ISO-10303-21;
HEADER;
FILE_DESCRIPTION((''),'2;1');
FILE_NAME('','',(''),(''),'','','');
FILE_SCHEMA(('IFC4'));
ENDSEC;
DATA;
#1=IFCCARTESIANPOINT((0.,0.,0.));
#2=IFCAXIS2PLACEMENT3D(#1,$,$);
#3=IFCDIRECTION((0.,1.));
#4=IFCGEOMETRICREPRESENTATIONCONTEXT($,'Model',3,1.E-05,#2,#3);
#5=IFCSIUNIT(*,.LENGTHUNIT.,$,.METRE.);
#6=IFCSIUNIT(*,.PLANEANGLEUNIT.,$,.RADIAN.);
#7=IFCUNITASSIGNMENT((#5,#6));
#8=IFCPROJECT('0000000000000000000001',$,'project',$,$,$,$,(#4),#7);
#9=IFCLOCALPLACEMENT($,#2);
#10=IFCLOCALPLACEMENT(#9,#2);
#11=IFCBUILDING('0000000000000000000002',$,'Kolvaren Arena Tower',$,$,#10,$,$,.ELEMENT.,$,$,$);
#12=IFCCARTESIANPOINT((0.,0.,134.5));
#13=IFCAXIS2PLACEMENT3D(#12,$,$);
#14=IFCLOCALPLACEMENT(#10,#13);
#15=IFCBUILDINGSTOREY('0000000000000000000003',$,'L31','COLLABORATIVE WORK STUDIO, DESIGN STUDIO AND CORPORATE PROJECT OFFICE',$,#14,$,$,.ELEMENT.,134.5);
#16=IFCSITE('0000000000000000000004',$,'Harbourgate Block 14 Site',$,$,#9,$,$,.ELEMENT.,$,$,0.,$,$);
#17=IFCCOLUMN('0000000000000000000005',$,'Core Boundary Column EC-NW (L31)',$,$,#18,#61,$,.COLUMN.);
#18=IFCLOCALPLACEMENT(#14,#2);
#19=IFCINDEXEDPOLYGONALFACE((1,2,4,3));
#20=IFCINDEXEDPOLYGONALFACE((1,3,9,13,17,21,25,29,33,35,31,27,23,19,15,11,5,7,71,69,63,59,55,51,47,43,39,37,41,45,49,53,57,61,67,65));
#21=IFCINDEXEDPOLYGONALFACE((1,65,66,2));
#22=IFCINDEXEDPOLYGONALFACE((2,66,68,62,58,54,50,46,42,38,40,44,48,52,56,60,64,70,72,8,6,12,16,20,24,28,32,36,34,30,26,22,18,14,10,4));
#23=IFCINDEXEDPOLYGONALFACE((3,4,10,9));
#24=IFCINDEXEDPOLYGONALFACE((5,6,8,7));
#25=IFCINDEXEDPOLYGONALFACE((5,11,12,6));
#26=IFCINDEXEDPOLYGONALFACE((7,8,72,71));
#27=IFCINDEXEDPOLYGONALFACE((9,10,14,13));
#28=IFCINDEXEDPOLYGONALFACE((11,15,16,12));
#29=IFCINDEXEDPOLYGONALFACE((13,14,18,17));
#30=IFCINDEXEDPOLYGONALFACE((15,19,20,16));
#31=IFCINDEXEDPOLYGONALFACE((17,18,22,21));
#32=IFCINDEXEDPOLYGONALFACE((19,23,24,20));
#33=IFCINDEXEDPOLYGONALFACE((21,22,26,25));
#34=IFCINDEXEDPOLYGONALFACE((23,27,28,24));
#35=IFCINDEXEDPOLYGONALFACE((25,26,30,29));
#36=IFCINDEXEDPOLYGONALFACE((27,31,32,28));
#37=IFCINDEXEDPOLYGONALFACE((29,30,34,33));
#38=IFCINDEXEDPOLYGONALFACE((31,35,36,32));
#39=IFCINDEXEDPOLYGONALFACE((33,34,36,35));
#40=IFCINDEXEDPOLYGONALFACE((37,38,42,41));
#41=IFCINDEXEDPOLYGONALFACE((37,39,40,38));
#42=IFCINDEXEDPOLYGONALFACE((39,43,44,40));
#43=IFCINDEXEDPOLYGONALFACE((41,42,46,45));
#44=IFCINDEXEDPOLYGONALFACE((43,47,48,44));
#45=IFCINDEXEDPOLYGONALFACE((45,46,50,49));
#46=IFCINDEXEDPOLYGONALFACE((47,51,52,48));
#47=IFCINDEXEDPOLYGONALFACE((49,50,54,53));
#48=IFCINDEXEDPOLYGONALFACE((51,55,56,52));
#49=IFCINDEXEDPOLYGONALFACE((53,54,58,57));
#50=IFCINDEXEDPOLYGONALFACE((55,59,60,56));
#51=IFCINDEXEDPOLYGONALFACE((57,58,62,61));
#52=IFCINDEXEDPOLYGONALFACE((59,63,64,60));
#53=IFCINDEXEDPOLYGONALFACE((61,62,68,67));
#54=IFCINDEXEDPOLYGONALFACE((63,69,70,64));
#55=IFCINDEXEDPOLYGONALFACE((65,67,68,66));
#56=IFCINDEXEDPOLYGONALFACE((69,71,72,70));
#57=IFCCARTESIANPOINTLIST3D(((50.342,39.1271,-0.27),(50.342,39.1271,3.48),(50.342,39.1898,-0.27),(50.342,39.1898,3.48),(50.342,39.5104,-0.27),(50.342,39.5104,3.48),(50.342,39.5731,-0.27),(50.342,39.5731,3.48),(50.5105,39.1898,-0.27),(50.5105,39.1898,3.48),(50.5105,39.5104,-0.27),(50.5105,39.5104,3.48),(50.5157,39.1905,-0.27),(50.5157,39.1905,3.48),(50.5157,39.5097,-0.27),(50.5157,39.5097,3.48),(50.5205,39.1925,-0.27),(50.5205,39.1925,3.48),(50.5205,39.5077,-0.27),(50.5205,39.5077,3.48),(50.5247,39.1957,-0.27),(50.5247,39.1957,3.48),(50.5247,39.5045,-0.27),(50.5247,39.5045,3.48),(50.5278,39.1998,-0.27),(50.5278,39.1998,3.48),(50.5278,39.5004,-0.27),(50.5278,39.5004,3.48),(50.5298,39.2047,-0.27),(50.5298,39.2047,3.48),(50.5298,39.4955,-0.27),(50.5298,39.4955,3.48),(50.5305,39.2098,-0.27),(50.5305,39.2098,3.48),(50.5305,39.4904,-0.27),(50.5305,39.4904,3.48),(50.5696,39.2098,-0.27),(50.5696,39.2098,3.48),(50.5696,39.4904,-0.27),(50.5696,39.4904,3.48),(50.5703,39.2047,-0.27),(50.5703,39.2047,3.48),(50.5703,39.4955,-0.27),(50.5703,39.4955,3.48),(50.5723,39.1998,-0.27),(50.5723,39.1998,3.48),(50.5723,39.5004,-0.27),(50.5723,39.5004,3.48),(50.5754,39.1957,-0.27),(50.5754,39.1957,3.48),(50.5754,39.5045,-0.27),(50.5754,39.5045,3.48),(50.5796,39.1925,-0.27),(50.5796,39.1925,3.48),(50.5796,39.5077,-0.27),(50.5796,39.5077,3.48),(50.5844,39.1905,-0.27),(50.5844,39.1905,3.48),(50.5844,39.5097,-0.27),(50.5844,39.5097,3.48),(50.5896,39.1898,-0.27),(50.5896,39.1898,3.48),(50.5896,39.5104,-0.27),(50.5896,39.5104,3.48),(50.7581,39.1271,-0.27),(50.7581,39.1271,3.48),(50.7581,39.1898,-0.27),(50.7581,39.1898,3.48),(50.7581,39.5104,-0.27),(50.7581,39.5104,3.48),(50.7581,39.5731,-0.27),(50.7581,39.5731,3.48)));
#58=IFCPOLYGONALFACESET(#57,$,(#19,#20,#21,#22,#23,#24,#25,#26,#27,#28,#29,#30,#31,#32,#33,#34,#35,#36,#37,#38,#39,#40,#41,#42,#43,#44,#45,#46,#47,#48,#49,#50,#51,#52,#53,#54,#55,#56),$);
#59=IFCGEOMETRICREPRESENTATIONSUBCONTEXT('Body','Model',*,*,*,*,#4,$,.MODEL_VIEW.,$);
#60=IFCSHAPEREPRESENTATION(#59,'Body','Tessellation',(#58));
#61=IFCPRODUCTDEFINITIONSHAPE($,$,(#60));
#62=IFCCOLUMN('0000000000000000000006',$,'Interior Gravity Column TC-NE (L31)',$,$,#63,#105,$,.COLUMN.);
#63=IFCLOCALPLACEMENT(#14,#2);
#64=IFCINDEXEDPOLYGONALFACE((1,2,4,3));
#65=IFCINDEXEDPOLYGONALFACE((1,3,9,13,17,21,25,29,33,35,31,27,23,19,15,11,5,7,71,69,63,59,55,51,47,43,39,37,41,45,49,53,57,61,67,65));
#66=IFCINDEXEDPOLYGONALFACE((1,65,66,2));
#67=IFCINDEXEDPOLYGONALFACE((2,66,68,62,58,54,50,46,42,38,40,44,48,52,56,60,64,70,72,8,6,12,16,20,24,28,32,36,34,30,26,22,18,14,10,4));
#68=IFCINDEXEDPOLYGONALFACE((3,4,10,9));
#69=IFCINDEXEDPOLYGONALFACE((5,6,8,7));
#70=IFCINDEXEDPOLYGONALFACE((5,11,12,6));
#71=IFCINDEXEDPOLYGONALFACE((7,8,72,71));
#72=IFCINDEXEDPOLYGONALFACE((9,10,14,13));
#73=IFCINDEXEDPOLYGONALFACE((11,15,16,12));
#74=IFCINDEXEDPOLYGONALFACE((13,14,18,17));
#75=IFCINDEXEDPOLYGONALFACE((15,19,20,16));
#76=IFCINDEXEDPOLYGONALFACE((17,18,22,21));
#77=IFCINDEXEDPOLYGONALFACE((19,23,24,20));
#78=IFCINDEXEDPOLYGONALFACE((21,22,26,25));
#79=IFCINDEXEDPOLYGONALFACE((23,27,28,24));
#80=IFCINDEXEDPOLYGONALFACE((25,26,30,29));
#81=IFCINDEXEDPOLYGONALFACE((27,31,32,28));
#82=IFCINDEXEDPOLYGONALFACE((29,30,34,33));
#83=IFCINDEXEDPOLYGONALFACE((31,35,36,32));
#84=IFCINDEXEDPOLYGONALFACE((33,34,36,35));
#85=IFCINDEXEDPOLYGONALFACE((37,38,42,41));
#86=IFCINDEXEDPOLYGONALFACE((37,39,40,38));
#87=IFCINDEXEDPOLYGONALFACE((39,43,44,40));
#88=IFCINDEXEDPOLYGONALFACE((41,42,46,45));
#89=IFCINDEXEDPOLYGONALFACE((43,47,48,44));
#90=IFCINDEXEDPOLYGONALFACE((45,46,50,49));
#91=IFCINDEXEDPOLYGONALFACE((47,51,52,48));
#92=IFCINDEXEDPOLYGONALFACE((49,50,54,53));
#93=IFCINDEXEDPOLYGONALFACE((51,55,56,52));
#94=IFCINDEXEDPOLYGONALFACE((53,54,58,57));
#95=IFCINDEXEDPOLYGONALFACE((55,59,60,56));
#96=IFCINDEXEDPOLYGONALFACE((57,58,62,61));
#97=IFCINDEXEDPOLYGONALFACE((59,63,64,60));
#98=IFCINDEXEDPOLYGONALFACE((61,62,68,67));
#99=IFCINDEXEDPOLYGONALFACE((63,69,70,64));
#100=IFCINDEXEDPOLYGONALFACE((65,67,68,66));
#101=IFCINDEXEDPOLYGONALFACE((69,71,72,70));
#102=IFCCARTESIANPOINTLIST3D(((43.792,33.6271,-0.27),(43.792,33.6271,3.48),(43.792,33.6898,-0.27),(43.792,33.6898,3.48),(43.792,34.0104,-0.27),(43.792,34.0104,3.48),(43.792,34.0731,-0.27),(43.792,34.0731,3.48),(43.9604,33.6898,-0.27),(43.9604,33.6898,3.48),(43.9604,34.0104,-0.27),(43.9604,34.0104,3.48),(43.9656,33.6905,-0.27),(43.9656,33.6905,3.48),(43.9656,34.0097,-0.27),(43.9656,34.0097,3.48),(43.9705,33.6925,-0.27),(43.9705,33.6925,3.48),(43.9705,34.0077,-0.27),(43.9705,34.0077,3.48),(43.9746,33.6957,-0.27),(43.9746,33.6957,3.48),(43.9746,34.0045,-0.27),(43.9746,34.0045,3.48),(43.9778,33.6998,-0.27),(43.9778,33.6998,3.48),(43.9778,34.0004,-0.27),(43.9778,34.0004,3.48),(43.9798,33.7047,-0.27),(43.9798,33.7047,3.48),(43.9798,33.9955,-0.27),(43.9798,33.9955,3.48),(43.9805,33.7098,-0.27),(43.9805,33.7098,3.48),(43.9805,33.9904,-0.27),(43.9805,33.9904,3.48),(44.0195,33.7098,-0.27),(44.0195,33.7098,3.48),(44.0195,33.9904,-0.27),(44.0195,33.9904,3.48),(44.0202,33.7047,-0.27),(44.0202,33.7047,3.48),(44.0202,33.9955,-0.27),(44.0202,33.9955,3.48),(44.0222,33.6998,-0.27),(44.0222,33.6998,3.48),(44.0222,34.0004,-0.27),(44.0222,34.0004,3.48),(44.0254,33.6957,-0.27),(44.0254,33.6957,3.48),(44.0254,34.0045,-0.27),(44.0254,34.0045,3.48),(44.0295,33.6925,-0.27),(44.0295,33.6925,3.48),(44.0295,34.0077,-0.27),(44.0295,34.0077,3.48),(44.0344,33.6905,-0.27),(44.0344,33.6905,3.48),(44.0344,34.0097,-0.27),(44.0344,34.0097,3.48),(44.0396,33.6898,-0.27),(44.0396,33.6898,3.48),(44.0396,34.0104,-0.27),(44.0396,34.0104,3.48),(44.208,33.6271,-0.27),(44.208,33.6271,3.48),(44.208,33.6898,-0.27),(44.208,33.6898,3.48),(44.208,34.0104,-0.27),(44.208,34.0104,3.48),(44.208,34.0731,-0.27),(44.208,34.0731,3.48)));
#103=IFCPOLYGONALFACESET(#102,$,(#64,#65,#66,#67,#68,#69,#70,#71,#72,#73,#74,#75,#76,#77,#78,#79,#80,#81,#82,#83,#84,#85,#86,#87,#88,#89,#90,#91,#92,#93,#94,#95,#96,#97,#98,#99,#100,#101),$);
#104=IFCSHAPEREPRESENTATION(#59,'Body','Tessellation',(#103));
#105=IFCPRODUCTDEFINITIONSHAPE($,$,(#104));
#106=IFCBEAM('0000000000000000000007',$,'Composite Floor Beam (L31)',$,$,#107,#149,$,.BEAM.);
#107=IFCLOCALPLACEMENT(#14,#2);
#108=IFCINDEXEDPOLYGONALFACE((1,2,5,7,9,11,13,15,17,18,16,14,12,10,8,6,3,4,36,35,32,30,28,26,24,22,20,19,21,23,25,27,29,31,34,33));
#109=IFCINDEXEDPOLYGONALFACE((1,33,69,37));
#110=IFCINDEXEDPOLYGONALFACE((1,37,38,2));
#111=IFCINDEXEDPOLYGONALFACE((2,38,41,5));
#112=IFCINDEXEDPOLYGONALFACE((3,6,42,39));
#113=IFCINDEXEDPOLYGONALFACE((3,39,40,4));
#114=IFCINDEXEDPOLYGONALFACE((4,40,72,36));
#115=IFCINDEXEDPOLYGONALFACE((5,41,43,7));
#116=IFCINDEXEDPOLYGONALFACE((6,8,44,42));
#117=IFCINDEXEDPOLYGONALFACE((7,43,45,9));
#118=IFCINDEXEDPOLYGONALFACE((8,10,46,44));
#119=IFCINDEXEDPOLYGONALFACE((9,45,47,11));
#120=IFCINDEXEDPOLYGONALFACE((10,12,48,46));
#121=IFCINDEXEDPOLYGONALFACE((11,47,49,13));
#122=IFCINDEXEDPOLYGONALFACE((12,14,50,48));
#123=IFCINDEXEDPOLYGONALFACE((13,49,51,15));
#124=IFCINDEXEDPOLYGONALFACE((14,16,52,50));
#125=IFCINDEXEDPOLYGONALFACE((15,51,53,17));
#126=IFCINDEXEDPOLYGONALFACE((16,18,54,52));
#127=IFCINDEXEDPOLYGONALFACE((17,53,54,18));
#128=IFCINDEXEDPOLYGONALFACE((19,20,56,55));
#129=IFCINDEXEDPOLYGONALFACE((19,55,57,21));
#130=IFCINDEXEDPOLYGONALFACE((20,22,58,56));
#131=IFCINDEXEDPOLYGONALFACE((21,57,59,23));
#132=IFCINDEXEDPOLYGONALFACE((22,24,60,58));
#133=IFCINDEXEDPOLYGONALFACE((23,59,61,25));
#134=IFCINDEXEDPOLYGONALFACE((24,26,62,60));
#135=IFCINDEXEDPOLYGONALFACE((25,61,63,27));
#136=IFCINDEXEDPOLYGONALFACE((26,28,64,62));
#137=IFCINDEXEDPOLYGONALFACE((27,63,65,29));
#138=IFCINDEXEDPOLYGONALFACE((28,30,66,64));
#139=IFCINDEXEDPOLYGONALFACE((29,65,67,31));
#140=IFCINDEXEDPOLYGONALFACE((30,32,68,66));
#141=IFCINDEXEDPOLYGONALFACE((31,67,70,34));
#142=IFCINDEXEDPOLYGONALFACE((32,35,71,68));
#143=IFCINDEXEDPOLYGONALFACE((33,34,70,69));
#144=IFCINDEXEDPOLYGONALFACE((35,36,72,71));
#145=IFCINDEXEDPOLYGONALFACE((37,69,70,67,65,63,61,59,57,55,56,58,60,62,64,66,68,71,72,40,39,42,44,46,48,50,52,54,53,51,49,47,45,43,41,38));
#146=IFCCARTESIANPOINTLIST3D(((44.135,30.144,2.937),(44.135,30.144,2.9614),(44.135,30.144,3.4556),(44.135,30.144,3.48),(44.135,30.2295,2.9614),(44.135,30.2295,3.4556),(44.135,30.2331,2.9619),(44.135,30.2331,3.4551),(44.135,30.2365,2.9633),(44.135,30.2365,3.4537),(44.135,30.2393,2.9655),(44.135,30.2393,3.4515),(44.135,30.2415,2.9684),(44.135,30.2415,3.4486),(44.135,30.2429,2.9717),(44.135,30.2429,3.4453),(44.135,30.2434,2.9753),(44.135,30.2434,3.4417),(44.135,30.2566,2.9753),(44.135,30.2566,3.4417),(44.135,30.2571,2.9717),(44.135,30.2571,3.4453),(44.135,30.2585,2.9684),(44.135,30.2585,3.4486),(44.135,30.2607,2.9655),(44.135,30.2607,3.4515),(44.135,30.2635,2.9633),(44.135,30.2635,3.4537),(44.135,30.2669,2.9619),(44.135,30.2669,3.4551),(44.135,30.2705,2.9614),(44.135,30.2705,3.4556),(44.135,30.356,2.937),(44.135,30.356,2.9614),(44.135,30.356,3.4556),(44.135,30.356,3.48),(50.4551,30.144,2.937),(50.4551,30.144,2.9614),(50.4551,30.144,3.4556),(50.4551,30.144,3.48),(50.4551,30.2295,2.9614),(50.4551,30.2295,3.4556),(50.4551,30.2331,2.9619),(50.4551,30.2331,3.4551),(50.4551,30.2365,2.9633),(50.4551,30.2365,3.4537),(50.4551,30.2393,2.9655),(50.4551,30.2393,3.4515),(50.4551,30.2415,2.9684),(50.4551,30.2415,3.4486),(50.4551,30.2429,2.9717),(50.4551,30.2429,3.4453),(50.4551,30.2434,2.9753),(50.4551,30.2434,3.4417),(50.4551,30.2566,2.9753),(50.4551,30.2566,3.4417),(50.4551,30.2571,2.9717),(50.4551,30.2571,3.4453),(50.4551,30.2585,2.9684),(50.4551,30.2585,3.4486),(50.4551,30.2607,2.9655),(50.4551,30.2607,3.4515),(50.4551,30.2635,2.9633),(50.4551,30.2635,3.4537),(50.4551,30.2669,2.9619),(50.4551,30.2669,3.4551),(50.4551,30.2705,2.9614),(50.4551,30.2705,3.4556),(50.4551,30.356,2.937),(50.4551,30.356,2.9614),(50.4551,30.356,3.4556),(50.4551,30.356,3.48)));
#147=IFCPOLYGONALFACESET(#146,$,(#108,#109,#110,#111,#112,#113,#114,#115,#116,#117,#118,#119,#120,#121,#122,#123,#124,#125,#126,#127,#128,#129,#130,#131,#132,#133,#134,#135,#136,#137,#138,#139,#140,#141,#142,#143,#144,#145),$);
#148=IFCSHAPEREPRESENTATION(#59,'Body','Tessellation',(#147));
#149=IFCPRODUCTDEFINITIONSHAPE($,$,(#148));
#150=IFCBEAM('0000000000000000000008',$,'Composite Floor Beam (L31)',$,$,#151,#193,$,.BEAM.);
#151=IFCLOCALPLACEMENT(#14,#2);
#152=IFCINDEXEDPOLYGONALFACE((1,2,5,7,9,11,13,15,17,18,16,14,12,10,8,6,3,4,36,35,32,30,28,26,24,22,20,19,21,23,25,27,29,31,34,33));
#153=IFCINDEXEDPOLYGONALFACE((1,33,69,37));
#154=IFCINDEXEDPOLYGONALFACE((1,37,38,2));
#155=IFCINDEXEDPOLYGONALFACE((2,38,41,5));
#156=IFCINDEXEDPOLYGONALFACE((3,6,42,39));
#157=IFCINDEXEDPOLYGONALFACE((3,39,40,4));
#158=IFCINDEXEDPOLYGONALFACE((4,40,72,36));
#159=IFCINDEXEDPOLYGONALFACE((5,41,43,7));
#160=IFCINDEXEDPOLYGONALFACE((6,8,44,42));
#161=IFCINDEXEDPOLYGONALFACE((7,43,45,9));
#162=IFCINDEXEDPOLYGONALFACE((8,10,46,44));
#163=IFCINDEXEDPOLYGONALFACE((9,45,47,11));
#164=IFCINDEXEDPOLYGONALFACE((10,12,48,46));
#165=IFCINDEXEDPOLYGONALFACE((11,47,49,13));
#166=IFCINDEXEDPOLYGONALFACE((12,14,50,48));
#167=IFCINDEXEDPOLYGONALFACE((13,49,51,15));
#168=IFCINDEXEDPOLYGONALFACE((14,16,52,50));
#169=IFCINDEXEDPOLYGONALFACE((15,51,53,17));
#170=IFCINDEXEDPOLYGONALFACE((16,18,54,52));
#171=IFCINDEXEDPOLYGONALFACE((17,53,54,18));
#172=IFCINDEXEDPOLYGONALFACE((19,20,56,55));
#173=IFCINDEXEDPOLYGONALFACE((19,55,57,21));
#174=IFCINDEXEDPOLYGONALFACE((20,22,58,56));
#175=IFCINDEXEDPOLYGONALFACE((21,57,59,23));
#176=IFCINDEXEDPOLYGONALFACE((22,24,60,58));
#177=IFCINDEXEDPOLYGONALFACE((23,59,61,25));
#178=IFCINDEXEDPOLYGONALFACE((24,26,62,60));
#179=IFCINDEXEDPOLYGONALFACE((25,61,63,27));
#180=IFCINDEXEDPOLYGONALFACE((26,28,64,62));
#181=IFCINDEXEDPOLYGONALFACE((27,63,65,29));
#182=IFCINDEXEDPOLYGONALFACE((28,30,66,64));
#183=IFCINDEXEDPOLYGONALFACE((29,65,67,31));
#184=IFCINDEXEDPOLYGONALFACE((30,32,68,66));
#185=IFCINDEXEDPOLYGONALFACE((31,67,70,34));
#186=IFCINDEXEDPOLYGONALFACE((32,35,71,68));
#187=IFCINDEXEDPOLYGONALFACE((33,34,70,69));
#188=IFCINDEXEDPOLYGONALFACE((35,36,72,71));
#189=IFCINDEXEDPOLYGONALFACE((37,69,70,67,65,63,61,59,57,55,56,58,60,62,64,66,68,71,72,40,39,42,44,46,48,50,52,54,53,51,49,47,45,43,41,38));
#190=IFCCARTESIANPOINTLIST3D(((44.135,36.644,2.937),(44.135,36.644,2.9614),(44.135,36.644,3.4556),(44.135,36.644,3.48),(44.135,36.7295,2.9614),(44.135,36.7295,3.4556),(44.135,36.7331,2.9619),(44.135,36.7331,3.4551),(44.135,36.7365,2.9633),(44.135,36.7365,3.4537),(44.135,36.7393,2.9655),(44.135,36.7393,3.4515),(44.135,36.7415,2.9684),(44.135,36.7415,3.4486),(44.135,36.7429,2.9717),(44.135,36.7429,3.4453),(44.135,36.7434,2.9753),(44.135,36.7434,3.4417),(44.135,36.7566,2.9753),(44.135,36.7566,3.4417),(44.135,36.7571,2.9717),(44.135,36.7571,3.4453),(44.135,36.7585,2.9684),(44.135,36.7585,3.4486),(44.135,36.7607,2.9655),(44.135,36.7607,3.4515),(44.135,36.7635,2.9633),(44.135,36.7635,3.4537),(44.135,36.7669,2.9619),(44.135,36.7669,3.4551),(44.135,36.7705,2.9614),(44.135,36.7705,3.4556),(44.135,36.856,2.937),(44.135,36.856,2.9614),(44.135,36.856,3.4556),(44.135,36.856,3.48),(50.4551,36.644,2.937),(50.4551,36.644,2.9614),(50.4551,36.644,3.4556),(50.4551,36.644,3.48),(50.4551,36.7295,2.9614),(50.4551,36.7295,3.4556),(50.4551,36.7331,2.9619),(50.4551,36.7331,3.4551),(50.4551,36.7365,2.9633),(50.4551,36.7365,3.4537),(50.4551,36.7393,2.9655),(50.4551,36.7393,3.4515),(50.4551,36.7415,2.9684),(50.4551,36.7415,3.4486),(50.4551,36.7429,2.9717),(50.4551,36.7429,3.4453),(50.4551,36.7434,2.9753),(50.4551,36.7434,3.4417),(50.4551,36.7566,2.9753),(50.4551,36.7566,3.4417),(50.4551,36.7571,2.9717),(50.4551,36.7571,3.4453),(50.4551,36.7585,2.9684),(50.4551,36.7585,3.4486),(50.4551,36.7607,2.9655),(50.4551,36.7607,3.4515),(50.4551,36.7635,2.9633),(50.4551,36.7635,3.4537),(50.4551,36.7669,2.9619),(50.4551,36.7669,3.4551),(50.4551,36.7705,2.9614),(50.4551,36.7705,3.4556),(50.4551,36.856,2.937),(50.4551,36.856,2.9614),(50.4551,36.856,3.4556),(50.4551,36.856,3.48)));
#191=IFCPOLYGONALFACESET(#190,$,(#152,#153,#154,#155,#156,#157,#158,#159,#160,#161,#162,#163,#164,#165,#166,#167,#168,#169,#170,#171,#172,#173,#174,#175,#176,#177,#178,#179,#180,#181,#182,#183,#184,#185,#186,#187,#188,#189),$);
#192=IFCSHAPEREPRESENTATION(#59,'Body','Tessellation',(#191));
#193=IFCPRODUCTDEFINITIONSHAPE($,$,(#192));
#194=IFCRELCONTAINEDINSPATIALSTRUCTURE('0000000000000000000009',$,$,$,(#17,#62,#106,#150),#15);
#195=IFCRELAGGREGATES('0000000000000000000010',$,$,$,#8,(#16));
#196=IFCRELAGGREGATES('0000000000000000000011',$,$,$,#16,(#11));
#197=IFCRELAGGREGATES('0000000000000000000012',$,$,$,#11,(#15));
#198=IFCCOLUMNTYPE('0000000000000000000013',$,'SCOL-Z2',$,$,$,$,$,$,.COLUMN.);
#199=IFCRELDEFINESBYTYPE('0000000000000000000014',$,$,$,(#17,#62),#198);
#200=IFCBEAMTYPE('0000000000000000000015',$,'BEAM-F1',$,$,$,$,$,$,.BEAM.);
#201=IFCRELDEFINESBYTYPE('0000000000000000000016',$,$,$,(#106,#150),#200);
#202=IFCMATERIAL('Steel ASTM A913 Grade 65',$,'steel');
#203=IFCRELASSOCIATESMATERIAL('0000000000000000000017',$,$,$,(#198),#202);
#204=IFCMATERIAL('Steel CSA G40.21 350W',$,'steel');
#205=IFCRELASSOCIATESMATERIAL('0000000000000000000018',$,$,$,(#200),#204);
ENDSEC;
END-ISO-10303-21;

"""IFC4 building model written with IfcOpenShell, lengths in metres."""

from ifc_helpers import new_model, si_unit, direction, frame, origin, origin_2d, place, context, subcontext, project, spatial, i_section, extrude, material, material_profile, profile_set, type_object, element, save


model = new_model("IFC4")

# Units and contexts
model_context = context("Model", 3, precision=1e-05, world=origin(), true_north=direction((0.0, 1.0)))
body_context = subcontext(model_context, "Body", "Model", "MODEL_VIEW")
ifc_project = project(units=[si_unit("LENGTHUNIT", "METRE"), si_unit("PLANEANGLEUNIT", "RADIAN")], contexts=[model_context])

# Site, building, storey
site_placement = place(None, origin())
site = spatial("IfcSite", under=ifc_project, at=site_placement, Name="Harbourgate Block 14 Site", CompositionType="ELEMENT", RefElevation=0.0)
building_placement = place(site_placement, origin())
building = spatial("IfcBuilding", under=site, at=building_placement, Name="Kolvaren Arena Tower", CompositionType="ELEMENT")
storey_placement = place(building_placement, frame((0.0, 0.0, 134.5)))
storey = spatial("IfcBuildingStorey", under=building, at=storey_placement, Name="L31", Description="COLLABORATIVE WORK STUDIO, DESIGN STUDIO AND CORPORATE PROJECT OFFICE", CompositionType="ELEMENT", Elevation=134.5)

# Columns
ifc_material_1 = material(Name="Steel ASTM A913 Grade 65", Category="steel")
ifc_material_profile_1 = material_profile(ifc_material_1, i_section(OverallWidth=0.416, OverallDepth=0.446, WebThickness=0.0391, FlangeThickness=0.0627, FilletRadius=0.02, at=origin_2d()), Name="W360x509")
ifc_profile_set_1 = profile_set([ifc_material_profile_1], Name="Steel ASTM A913 Grade 65")
column_type = type_object("IfcColumnType", Name="SCOL-Z2", PredefinedType="COLUMN", material=ifc_profile_set_1)
for number, where, z_axis, x_axis, name in (
    (1, (50.55, 39.3501, -0.27), (0.0, 0.0, 1.0), (1.0, 0.0, 0.0), "Core Boundary Column EC-NW (L31)"),
    (2, (44.0, 33.8501, -0.27), (0.0, 0.0, 1.0), (1.0, 0.0, 0.0), "Interior Gravity Column TC-NE (L31)"),
):
    element("IfcColumn", number, at=place(storey_placement, frame(where, z_axis=z_axis, x_axis=x_axis)), inside=storey, type_object=column_type, Name=name, PredefinedType="COLUMN", context=body_context, shape_type="SweptSolid", body=[
        extrude(i_section(OverallWidth=0.416, OverallDepth=0.446, WebThickness=0.0391, FlangeThickness=0.0627, FilletRadius=0.02, at=origin_2d()), origin(), (0.0, 0.0, 1.0), 3.75),
    ])

# Beams
ifc_material_2 = material(Name="Steel CSA G40.21 350W", Category="steel")
ifc_material_profile_2 = material_profile(ifc_material_2, i_section(OverallWidth=0.2119, OverallDepth=0.543, WebThickness=0.0132, FlangeThickness=0.0244, FilletRadius=0.0139, at=origin_2d()), Name="W530x150")
ifc_profile_set_2 = profile_set([ifc_material_profile_2], Name="Steel CSA G40.21 350W")
beam_type_1 = type_object("IfcBeamType", Name="BEAM-F1", PredefinedType="BEAM", material=ifc_profile_set_2)
for number, where, z_axis, x_axis, name in (
    (3, (44.135, 30.25, 3.2085), (1.0, 0.0, 0.0), (0.0, 1.0, 0.0), "Composite Floor Beam (L31)"),
    (4, (44.135, 36.75, 3.2085), (1.0, 0.0, 0.0), (0.0, 1.0, 0.0), "Composite Floor Beam (L31)"),
):
    element("IfcBeam", number, at=place(storey_placement, frame(where, z_axis=z_axis, x_axis=x_axis)), inside=storey, type_object=beam_type_1, Name=name, PredefinedType="BEAM", context=body_context, shape_type="SweptSolid", body=[
        extrude(i_section(OverallWidth=0.2119, OverallDepth=0.543, WebThickness=0.0132, FlangeThickness=0.0244, FilletRadius=0.0139, at=origin_2d()), origin(), (0.0, 0.0, 1.0), 6.3201),
    ])

save(model, "model.ifc")
